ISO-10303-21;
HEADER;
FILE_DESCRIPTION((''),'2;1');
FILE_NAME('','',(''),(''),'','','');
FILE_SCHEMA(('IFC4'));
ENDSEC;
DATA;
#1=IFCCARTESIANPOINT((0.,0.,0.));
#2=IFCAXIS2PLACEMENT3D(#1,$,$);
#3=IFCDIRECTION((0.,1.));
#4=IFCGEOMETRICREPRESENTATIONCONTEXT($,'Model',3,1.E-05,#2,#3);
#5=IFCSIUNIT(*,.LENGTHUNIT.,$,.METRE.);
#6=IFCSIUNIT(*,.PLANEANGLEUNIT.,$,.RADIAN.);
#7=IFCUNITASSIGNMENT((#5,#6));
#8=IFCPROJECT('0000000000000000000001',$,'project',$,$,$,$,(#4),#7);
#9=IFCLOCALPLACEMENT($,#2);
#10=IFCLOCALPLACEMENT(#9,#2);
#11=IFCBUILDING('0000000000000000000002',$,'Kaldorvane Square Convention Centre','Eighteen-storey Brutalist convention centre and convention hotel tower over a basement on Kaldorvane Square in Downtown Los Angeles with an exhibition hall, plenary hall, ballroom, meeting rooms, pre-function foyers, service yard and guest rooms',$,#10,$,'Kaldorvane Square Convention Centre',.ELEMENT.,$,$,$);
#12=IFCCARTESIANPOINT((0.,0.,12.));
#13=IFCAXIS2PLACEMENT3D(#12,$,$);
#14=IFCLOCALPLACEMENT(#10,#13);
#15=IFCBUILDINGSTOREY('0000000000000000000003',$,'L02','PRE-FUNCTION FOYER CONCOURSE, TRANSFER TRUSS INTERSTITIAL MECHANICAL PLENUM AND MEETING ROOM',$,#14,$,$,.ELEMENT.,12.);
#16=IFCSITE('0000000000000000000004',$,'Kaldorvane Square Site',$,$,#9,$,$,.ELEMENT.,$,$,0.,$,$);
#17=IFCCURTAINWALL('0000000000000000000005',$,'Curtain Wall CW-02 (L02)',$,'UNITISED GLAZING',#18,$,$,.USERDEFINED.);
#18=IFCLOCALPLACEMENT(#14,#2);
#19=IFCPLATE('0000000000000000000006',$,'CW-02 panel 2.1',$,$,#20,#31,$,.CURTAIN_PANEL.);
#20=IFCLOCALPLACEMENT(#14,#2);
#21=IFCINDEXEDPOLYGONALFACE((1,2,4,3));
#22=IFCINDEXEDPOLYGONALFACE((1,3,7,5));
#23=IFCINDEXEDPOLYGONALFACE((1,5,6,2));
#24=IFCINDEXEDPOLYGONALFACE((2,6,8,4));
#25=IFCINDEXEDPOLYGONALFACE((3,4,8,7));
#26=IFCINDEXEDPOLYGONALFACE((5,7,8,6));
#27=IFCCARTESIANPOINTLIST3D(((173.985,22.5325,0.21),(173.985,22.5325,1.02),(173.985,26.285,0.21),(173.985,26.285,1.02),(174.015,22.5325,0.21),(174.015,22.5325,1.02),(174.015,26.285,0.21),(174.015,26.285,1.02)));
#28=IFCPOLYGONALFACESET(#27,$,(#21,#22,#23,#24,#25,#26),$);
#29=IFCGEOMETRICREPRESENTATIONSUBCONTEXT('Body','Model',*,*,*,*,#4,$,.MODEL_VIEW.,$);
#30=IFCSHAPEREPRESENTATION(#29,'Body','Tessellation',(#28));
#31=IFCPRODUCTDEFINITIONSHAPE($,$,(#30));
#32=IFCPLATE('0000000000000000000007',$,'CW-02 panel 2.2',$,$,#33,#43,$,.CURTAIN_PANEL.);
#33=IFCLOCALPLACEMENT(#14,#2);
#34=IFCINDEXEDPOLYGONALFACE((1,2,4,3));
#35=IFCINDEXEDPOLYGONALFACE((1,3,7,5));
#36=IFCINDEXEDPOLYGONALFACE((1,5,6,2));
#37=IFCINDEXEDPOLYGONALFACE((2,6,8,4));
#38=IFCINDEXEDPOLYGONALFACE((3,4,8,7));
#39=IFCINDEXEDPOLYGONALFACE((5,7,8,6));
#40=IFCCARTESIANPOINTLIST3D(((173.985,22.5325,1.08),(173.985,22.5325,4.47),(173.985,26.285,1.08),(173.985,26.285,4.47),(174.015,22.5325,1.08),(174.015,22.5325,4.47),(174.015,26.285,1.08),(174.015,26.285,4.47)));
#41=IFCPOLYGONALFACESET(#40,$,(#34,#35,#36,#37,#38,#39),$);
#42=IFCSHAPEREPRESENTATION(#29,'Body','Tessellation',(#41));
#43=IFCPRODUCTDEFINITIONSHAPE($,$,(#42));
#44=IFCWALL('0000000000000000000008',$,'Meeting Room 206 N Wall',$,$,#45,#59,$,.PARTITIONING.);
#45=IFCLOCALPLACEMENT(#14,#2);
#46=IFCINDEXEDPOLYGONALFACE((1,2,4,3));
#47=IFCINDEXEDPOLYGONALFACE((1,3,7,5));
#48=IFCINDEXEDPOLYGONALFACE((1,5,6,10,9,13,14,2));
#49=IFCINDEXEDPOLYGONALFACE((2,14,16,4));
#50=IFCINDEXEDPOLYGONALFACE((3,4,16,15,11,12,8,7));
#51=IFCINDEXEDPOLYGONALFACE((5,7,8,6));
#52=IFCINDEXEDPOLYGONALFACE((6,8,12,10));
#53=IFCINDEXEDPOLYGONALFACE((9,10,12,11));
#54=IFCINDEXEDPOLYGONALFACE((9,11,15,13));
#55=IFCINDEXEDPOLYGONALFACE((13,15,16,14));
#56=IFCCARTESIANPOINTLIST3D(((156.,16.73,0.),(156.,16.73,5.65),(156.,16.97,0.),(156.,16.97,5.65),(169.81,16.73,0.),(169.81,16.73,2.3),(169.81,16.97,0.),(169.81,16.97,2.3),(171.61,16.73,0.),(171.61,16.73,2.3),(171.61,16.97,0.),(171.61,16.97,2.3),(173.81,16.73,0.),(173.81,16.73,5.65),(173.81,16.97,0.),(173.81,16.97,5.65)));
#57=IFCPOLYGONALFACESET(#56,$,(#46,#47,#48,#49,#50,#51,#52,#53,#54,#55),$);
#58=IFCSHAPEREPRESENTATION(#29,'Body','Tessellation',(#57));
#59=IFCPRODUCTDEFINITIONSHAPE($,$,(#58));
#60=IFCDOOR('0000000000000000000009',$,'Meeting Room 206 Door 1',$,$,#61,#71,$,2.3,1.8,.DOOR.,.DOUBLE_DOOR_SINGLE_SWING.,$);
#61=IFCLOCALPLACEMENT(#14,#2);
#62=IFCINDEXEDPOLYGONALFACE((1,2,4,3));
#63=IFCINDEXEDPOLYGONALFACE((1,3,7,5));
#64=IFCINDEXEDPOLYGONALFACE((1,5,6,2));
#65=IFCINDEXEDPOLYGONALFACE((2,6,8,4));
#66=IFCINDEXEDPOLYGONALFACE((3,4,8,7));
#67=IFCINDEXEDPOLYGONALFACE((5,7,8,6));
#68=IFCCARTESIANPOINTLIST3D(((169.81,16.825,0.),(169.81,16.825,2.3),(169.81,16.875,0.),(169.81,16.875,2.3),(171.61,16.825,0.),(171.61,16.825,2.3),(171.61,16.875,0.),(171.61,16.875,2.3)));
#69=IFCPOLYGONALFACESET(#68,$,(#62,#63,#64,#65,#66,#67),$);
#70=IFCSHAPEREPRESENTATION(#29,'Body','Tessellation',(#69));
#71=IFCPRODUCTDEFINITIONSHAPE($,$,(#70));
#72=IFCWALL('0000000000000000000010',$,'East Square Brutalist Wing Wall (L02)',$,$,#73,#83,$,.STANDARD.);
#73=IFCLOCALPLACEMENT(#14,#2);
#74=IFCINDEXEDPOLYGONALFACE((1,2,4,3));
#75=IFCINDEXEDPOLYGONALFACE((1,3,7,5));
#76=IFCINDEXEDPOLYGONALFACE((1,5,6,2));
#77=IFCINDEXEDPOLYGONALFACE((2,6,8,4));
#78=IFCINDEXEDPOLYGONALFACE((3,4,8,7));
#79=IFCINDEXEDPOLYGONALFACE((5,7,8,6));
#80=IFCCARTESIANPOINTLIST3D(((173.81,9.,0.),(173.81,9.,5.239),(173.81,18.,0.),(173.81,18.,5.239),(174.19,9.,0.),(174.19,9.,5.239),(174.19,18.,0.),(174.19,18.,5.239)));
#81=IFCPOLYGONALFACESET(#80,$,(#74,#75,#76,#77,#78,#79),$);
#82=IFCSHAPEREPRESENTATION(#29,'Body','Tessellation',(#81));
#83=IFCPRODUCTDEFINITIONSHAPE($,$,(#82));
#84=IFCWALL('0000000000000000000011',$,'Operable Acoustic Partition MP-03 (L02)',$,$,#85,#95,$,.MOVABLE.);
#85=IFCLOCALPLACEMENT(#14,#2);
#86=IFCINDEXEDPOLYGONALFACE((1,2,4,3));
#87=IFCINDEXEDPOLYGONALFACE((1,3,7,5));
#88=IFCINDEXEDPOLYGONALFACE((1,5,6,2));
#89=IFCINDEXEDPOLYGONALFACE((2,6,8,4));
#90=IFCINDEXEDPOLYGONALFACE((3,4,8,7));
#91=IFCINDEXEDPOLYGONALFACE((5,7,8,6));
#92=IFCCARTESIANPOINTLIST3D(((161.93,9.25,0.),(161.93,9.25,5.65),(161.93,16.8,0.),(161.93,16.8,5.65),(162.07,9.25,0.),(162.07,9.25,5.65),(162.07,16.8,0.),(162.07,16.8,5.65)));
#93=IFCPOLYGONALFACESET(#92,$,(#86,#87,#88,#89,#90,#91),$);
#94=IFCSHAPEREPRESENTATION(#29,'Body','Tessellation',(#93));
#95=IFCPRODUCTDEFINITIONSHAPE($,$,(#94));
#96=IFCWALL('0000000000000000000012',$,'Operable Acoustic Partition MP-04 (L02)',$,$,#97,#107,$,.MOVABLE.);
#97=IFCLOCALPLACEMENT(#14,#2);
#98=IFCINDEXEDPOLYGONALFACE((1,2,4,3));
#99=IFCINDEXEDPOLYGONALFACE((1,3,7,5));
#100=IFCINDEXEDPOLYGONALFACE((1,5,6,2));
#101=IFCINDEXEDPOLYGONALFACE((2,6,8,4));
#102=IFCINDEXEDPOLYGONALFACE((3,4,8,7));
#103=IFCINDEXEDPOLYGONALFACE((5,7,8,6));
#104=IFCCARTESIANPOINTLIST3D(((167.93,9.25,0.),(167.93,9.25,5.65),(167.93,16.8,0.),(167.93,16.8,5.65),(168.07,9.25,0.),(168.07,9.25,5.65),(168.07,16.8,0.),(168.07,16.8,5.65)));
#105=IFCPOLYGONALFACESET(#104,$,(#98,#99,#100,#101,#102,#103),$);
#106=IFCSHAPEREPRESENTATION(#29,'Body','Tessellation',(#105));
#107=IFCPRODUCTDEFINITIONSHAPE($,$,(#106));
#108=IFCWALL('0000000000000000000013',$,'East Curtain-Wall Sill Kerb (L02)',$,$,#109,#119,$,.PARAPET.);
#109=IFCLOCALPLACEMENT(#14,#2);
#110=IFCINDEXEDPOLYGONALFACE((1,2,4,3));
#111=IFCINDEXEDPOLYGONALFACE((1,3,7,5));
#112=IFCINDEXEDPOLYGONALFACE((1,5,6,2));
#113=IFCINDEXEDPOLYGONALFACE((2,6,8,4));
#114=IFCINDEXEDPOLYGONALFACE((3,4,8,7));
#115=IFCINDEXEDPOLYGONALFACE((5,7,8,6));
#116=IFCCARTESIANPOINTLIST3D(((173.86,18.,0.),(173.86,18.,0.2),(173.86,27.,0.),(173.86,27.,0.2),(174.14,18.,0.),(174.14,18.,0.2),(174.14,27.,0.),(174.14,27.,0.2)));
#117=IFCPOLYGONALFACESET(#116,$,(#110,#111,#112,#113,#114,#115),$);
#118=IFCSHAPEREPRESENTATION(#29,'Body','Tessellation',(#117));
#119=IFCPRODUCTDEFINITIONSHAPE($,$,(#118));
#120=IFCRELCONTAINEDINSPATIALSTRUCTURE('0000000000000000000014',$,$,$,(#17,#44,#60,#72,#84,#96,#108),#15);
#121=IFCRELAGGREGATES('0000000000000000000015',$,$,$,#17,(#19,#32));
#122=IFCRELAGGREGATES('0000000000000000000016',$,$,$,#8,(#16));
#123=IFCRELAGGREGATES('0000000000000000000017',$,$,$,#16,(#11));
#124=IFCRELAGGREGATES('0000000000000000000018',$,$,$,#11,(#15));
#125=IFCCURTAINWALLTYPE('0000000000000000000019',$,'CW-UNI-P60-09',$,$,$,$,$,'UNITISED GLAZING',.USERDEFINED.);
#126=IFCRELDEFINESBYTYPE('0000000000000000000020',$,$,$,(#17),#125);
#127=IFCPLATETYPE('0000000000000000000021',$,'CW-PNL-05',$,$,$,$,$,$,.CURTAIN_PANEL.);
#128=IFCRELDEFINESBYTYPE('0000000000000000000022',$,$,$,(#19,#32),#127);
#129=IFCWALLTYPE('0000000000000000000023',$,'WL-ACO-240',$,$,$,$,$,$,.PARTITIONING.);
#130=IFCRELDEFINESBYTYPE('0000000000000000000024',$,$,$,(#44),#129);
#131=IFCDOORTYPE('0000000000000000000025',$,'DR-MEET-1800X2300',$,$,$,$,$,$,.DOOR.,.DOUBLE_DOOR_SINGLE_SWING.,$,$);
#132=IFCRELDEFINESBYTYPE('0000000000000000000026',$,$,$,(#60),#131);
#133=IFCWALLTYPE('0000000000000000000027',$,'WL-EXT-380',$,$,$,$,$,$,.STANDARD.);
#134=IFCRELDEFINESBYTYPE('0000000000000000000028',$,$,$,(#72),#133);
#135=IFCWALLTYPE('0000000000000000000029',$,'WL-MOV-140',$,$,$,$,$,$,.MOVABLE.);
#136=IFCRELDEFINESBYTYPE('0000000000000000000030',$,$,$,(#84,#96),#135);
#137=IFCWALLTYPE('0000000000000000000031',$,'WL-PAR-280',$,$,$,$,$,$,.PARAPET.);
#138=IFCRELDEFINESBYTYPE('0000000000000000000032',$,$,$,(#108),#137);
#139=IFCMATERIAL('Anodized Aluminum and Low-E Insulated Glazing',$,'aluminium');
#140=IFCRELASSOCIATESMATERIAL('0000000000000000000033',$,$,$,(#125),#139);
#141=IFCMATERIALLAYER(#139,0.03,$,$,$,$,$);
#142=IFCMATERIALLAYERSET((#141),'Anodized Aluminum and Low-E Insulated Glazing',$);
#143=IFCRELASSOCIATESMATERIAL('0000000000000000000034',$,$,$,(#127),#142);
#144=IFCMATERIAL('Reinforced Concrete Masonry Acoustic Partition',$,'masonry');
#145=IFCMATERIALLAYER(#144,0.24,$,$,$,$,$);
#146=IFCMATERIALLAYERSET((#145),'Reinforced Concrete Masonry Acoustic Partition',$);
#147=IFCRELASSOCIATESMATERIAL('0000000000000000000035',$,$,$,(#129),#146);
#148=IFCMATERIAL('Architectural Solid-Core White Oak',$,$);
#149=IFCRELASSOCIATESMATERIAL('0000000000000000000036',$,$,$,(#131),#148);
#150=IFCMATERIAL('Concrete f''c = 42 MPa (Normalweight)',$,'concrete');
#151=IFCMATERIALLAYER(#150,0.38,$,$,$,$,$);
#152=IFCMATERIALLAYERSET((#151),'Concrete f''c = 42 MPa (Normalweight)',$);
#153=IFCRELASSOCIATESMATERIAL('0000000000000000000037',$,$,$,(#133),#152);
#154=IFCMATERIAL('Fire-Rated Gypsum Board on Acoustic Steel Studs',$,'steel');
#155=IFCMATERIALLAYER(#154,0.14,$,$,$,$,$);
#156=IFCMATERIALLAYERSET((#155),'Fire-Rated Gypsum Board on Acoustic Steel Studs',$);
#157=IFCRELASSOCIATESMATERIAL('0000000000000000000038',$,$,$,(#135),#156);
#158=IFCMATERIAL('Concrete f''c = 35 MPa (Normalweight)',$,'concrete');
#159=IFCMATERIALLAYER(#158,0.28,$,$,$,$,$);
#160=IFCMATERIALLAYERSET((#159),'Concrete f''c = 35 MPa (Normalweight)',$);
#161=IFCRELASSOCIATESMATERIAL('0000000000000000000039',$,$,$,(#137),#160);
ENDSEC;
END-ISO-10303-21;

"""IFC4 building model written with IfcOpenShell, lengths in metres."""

from ifc_helpers import new_model, si_unit, direction, frame, frame_2d, origin, origin_2d, place, context, subcontext, project, spatial, rectangle, extrude, material, layer, layer_set, type_object, element, fill, aggregate, save


model = new_model("IFC4")

# Units and contexts
model_context = context("Model", 3, precision=1e-05, world=origin(), true_north=direction((0.0, 1.0)))
body_context = subcontext(model_context, "Body", "Model", "MODEL_VIEW")
ifc_project = project(units=[si_unit("LENGTHUNIT", "METRE"), si_unit("PLANEANGLEUNIT", "RADIAN")], contexts=[model_context])

# Site, building, storey
site_placement = place(None, origin())
site = spatial("IfcSite", under=ifc_project, at=site_placement, Name="Kaldorvane Square Site", CompositionType="ELEMENT", RefElevation=0.0)
building_placement = place(site_placement, origin())
building = spatial("IfcBuilding", under=site, at=building_placement, Name="Kaldorvane Square Convention Centre", Description="Eighteen-storey Brutalist convention centre and convention hotel tower over a basement on Kaldorvane Square in Downtown Los Angeles with an exhibition hall, plenary hall, ballroom, meeting rooms, pre-function foyers, service yard and guest rooms", LongName="Kaldorvane Square Convention Centre", CompositionType="ELEMENT")
storey_placement = place(building_placement, frame((0.0, 0.0, 12.0)))
storey = spatial("IfcBuildingStorey", under=building, at=storey_placement, Name="L02", Description="PRE-FUNCTION FOYER CONCOURSE, TRANSFER TRUSS INTERSTITIAL MECHANICAL PLENUM AND MEETING ROOM", CompositionType="ELEMENT", Elevation=12.0)

# Shared definitions
ifc_material_1 = material(Name="Concrete f'c = 42 MPa (Normalweight)", Category="concrete")

# Curtain wall
ifc_material_2 = material(Name="Anodized Aluminum and Low-E Insulated Glazing", Category="aluminium")
curtain_wall_type = type_object("IfcCurtainWallType", Name="CW-UNI-P60-09", ElementType="UNITISED GLAZING", PredefinedType="USERDEFINED", material=ifc_material_2)
curtain_wall_placement = place(storey_placement, origin())
curtain_wall = element("IfcCurtainWall", 1, at=curtain_wall_placement, inside=storey, type_object=curtain_wall_type, Name="Curtain Wall CW-02 (L02)", ObjectType="UNITISED GLAZING", PredefinedType="USERDEFINED")

# Plates
ifc_layer_1 = layer(ifc_material_2, 0.03)
ifc_layer_set_1 = layer_set([ifc_layer_1], Name="Anodized Aluminum and Low-E Insulated Glazing")
plate_type = type_object("IfcPlateType", Name="CW-PNL-05", PredefinedType="CURTAIN_PANEL", material=ifc_layer_set_1)
plate_1_placement = place(storey_placement, frame((174.0, 24.4088, 0.21), z_axis=(0.0, 0.0, 1.0), x_axis=(0.0, 1.0, 0.0)))
plate_1 = element("IfcPlate", 2, at=plate_1_placement, type_object=plate_type, Name="CW-02 panel 2.1", PredefinedType="CURTAIN_PANEL", context=body_context, shape_type="SweptSolid", body=[
    extrude(rectangle(XDim=3.7525, YDim=0.03, at=origin_2d()), origin(), (0.0, 0.0, 1.0), 0.81),
])
plate_2_placement = place(storey_placement, frame((174.0, 24.4088, 1.08), z_axis=(0.0, 0.0, 1.0), x_axis=(0.0, 1.0, 0.0)))
plate_2 = element("IfcPlate", 3, at=plate_2_placement, type_object=plate_type, Name="CW-02 panel 2.2", PredefinedType="CURTAIN_PANEL", context=body_context, shape_type="SweptSolid", body=[
    extrude(rectangle(XDim=3.7525, YDim=0.03, at=origin_2d()), origin(), (0.0, 0.0, 1.0), 3.39),
])
aggregate(curtain_wall, [plate_1, plate_2])

# Wall, opening, door
ifc_material_3 = material(Name="Reinforced Concrete Masonry Acoustic Partition", Category="masonry")
ifc_layer_2 = layer(ifc_material_3, 0.24)
ifc_layer_set_2 = layer_set([ifc_layer_2], Name="Reinforced Concrete Masonry Acoustic Partition")
wall_type_1 = type_object("IfcWallType", Name="WL-ACO-240", PredefinedType="PARTITIONING", material=ifc_layer_set_2)
wall_1_placement = place(storey_placement, frame((173.81, 16.85, 0.0), z_axis=(0.0, 0.0, 1.0), x_axis=(-1.0, 0.0, 0.0)))
wall_1 = element("IfcWall", 4, at=wall_1_placement, inside=storey, type_object=wall_type_1, Name="Meeting Room 206 N Wall", PredefinedType="PARTITIONING", context=body_context, shape_type="SweptSolid", body=[
    extrude(rectangle(XDim=17.81, YDim=0.24, at=frame_2d((8.905, 0.0))), origin(), (0.0, 0.0, 1.0), 5.65),
])
opening_placement = place(wall_1_placement, frame((2.2, 0.0, 0.0)))
opening = element("IfcOpeningElement", 5, at=opening_placement, cuts=wall_1, PredefinedType="OPENING", context=body_context, shape_type="SweptSolid", body=[
    extrude(rectangle(XDim=1.8, YDim=2.3, at=frame_2d((0.9, 1.15))), frame((0.0, 0.135, 0.0), z_axis=(0.0, -1.0, 0.0), x_axis=(1.0, 0.0, 0.0)), (0.0, 0.0, 1.0), 0.27),
])
ifc_material_4 = material(Name="Architectural Solid-Core White Oak")
door_type = type_object("IfcDoorType", Name="DR-MEET-1800X2300", OperationType="DOUBLE_DOOR_SINGLE_SWING", PredefinedType="DOOR", material=ifc_material_4)
door_placement = place(opening_placement, origin())
door = element("IfcDoor", 6, at=door_placement, inside=storey, type_object=door_type, Name="Meeting Room 206 Door 1", OperationType="DOUBLE_DOOR_SINGLE_SWING", OverallHeight=2.3, OverallWidth=1.8, PredefinedType="DOOR", context=body_context, shape_type="SweptSolid", body=[
    extrude(rectangle(XDim=1.8, YDim=2.3, at=frame_2d((0.9, 1.15))), frame((0.0, 0.025, 0.0), z_axis=(0.0, -1.0, 0.0), x_axis=(1.0, 0.0, 0.0)), (0.0, 0.0, 1.0), 0.05),
])
fill(opening, door)

# Walls
ifc_layer_3 = layer(ifc_material_1, 0.38)
ifc_layer_set_3 = layer_set([ifc_layer_3], Name="Concrete f'c = 42 MPa (Normalweight)")
wall_type_2 = type_object("IfcWallType", Name="WL-EXT-380", PredefinedType="STANDARD", material=ifc_layer_set_3)
wall_2_placement = place(storey_placement, frame((174.0, 9.0, 0.0), z_axis=(0.0, 0.0, 1.0), x_axis=(0.0, 1.0, 0.0)))
element("IfcWall", 7, at=wall_2_placement, inside=storey, type_object=wall_type_2, Name="East Square Brutalist Wing Wall (L02)", PredefinedType="STANDARD", context=body_context, shape_type="SweptSolid", body=[
    extrude(rectangle(XDim=9.0, YDim=0.38, at=frame_2d((4.5, 0.0))), origin(), (0.0, 0.0, 1.0), 5.239),
])
ifc_material_5 = material(Name="Fire-Rated Gypsum Board on Acoustic Steel Studs", Category="steel")
ifc_layer_4 = layer(ifc_material_5, 0.14)
ifc_layer_set_4 = layer_set([ifc_layer_4], Name="Fire-Rated Gypsum Board on Acoustic Steel Studs")
wall_type_3 = type_object("IfcWallType", Name="WL-MOV-140", PredefinedType="MOVABLE", material=ifc_layer_set_4)
for number, where, z_axis, x_axis, name in (
    (8, (162.0, 9.25, 0.0), (0.0, 0.0, 1.0), (0.0, 1.0, 0.0), "Operable Acoustic Partition MP-03 (L02)"),
    (9, (168.0, 9.25, 0.0), (0.0, 0.0, 1.0), (0.0, 1.0, 0.0), "Operable Acoustic Partition MP-04 (L02)"),
):
    element("IfcWall", number, at=place(storey_placement, frame(where, z_axis=z_axis, x_axis=x_axis)), inside=storey, type_object=wall_type_3, Name=name, PredefinedType="MOVABLE", context=body_context, shape_type="SweptSolid", body=[
        extrude(rectangle(XDim=7.55, YDim=0.14, at=frame_2d((3.775, 0.0))), origin(), (0.0, 0.0, 1.0), 5.65),
    ])
ifc_material_6 = material(Name="Concrete f'c = 35 MPa (Normalweight)", Category="concrete")
ifc_layer_5 = layer(ifc_material_6, 0.28)
ifc_layer_set_5 = layer_set([ifc_layer_5], Name="Concrete f'c = 35 MPa (Normalweight)")
wall_type_4 = type_object("IfcWallType", Name="WL-PAR-280", PredefinedType="PARAPET", material=ifc_layer_set_5)
wall_3_placement = place(storey_placement, frame((174.0, 18.0, 0.0), z_axis=(0.0, 0.0, 1.0), x_axis=(0.0, 1.0, 0.0)))
element("IfcWall", 10, at=wall_3_placement, inside=storey, type_object=wall_type_4, Name="East Curtain-Wall Sill Kerb (L02)", PredefinedType="PARAPET", context=body_context, shape_type="SweptSolid", body=[
    extrude(rectangle(XDim=9.0, YDim=0.28, at=frame_2d((4.5, 0.0))), origin(), (0.0, 0.0, 1.0), 0.2),
])

save(model, "model.ifc")
